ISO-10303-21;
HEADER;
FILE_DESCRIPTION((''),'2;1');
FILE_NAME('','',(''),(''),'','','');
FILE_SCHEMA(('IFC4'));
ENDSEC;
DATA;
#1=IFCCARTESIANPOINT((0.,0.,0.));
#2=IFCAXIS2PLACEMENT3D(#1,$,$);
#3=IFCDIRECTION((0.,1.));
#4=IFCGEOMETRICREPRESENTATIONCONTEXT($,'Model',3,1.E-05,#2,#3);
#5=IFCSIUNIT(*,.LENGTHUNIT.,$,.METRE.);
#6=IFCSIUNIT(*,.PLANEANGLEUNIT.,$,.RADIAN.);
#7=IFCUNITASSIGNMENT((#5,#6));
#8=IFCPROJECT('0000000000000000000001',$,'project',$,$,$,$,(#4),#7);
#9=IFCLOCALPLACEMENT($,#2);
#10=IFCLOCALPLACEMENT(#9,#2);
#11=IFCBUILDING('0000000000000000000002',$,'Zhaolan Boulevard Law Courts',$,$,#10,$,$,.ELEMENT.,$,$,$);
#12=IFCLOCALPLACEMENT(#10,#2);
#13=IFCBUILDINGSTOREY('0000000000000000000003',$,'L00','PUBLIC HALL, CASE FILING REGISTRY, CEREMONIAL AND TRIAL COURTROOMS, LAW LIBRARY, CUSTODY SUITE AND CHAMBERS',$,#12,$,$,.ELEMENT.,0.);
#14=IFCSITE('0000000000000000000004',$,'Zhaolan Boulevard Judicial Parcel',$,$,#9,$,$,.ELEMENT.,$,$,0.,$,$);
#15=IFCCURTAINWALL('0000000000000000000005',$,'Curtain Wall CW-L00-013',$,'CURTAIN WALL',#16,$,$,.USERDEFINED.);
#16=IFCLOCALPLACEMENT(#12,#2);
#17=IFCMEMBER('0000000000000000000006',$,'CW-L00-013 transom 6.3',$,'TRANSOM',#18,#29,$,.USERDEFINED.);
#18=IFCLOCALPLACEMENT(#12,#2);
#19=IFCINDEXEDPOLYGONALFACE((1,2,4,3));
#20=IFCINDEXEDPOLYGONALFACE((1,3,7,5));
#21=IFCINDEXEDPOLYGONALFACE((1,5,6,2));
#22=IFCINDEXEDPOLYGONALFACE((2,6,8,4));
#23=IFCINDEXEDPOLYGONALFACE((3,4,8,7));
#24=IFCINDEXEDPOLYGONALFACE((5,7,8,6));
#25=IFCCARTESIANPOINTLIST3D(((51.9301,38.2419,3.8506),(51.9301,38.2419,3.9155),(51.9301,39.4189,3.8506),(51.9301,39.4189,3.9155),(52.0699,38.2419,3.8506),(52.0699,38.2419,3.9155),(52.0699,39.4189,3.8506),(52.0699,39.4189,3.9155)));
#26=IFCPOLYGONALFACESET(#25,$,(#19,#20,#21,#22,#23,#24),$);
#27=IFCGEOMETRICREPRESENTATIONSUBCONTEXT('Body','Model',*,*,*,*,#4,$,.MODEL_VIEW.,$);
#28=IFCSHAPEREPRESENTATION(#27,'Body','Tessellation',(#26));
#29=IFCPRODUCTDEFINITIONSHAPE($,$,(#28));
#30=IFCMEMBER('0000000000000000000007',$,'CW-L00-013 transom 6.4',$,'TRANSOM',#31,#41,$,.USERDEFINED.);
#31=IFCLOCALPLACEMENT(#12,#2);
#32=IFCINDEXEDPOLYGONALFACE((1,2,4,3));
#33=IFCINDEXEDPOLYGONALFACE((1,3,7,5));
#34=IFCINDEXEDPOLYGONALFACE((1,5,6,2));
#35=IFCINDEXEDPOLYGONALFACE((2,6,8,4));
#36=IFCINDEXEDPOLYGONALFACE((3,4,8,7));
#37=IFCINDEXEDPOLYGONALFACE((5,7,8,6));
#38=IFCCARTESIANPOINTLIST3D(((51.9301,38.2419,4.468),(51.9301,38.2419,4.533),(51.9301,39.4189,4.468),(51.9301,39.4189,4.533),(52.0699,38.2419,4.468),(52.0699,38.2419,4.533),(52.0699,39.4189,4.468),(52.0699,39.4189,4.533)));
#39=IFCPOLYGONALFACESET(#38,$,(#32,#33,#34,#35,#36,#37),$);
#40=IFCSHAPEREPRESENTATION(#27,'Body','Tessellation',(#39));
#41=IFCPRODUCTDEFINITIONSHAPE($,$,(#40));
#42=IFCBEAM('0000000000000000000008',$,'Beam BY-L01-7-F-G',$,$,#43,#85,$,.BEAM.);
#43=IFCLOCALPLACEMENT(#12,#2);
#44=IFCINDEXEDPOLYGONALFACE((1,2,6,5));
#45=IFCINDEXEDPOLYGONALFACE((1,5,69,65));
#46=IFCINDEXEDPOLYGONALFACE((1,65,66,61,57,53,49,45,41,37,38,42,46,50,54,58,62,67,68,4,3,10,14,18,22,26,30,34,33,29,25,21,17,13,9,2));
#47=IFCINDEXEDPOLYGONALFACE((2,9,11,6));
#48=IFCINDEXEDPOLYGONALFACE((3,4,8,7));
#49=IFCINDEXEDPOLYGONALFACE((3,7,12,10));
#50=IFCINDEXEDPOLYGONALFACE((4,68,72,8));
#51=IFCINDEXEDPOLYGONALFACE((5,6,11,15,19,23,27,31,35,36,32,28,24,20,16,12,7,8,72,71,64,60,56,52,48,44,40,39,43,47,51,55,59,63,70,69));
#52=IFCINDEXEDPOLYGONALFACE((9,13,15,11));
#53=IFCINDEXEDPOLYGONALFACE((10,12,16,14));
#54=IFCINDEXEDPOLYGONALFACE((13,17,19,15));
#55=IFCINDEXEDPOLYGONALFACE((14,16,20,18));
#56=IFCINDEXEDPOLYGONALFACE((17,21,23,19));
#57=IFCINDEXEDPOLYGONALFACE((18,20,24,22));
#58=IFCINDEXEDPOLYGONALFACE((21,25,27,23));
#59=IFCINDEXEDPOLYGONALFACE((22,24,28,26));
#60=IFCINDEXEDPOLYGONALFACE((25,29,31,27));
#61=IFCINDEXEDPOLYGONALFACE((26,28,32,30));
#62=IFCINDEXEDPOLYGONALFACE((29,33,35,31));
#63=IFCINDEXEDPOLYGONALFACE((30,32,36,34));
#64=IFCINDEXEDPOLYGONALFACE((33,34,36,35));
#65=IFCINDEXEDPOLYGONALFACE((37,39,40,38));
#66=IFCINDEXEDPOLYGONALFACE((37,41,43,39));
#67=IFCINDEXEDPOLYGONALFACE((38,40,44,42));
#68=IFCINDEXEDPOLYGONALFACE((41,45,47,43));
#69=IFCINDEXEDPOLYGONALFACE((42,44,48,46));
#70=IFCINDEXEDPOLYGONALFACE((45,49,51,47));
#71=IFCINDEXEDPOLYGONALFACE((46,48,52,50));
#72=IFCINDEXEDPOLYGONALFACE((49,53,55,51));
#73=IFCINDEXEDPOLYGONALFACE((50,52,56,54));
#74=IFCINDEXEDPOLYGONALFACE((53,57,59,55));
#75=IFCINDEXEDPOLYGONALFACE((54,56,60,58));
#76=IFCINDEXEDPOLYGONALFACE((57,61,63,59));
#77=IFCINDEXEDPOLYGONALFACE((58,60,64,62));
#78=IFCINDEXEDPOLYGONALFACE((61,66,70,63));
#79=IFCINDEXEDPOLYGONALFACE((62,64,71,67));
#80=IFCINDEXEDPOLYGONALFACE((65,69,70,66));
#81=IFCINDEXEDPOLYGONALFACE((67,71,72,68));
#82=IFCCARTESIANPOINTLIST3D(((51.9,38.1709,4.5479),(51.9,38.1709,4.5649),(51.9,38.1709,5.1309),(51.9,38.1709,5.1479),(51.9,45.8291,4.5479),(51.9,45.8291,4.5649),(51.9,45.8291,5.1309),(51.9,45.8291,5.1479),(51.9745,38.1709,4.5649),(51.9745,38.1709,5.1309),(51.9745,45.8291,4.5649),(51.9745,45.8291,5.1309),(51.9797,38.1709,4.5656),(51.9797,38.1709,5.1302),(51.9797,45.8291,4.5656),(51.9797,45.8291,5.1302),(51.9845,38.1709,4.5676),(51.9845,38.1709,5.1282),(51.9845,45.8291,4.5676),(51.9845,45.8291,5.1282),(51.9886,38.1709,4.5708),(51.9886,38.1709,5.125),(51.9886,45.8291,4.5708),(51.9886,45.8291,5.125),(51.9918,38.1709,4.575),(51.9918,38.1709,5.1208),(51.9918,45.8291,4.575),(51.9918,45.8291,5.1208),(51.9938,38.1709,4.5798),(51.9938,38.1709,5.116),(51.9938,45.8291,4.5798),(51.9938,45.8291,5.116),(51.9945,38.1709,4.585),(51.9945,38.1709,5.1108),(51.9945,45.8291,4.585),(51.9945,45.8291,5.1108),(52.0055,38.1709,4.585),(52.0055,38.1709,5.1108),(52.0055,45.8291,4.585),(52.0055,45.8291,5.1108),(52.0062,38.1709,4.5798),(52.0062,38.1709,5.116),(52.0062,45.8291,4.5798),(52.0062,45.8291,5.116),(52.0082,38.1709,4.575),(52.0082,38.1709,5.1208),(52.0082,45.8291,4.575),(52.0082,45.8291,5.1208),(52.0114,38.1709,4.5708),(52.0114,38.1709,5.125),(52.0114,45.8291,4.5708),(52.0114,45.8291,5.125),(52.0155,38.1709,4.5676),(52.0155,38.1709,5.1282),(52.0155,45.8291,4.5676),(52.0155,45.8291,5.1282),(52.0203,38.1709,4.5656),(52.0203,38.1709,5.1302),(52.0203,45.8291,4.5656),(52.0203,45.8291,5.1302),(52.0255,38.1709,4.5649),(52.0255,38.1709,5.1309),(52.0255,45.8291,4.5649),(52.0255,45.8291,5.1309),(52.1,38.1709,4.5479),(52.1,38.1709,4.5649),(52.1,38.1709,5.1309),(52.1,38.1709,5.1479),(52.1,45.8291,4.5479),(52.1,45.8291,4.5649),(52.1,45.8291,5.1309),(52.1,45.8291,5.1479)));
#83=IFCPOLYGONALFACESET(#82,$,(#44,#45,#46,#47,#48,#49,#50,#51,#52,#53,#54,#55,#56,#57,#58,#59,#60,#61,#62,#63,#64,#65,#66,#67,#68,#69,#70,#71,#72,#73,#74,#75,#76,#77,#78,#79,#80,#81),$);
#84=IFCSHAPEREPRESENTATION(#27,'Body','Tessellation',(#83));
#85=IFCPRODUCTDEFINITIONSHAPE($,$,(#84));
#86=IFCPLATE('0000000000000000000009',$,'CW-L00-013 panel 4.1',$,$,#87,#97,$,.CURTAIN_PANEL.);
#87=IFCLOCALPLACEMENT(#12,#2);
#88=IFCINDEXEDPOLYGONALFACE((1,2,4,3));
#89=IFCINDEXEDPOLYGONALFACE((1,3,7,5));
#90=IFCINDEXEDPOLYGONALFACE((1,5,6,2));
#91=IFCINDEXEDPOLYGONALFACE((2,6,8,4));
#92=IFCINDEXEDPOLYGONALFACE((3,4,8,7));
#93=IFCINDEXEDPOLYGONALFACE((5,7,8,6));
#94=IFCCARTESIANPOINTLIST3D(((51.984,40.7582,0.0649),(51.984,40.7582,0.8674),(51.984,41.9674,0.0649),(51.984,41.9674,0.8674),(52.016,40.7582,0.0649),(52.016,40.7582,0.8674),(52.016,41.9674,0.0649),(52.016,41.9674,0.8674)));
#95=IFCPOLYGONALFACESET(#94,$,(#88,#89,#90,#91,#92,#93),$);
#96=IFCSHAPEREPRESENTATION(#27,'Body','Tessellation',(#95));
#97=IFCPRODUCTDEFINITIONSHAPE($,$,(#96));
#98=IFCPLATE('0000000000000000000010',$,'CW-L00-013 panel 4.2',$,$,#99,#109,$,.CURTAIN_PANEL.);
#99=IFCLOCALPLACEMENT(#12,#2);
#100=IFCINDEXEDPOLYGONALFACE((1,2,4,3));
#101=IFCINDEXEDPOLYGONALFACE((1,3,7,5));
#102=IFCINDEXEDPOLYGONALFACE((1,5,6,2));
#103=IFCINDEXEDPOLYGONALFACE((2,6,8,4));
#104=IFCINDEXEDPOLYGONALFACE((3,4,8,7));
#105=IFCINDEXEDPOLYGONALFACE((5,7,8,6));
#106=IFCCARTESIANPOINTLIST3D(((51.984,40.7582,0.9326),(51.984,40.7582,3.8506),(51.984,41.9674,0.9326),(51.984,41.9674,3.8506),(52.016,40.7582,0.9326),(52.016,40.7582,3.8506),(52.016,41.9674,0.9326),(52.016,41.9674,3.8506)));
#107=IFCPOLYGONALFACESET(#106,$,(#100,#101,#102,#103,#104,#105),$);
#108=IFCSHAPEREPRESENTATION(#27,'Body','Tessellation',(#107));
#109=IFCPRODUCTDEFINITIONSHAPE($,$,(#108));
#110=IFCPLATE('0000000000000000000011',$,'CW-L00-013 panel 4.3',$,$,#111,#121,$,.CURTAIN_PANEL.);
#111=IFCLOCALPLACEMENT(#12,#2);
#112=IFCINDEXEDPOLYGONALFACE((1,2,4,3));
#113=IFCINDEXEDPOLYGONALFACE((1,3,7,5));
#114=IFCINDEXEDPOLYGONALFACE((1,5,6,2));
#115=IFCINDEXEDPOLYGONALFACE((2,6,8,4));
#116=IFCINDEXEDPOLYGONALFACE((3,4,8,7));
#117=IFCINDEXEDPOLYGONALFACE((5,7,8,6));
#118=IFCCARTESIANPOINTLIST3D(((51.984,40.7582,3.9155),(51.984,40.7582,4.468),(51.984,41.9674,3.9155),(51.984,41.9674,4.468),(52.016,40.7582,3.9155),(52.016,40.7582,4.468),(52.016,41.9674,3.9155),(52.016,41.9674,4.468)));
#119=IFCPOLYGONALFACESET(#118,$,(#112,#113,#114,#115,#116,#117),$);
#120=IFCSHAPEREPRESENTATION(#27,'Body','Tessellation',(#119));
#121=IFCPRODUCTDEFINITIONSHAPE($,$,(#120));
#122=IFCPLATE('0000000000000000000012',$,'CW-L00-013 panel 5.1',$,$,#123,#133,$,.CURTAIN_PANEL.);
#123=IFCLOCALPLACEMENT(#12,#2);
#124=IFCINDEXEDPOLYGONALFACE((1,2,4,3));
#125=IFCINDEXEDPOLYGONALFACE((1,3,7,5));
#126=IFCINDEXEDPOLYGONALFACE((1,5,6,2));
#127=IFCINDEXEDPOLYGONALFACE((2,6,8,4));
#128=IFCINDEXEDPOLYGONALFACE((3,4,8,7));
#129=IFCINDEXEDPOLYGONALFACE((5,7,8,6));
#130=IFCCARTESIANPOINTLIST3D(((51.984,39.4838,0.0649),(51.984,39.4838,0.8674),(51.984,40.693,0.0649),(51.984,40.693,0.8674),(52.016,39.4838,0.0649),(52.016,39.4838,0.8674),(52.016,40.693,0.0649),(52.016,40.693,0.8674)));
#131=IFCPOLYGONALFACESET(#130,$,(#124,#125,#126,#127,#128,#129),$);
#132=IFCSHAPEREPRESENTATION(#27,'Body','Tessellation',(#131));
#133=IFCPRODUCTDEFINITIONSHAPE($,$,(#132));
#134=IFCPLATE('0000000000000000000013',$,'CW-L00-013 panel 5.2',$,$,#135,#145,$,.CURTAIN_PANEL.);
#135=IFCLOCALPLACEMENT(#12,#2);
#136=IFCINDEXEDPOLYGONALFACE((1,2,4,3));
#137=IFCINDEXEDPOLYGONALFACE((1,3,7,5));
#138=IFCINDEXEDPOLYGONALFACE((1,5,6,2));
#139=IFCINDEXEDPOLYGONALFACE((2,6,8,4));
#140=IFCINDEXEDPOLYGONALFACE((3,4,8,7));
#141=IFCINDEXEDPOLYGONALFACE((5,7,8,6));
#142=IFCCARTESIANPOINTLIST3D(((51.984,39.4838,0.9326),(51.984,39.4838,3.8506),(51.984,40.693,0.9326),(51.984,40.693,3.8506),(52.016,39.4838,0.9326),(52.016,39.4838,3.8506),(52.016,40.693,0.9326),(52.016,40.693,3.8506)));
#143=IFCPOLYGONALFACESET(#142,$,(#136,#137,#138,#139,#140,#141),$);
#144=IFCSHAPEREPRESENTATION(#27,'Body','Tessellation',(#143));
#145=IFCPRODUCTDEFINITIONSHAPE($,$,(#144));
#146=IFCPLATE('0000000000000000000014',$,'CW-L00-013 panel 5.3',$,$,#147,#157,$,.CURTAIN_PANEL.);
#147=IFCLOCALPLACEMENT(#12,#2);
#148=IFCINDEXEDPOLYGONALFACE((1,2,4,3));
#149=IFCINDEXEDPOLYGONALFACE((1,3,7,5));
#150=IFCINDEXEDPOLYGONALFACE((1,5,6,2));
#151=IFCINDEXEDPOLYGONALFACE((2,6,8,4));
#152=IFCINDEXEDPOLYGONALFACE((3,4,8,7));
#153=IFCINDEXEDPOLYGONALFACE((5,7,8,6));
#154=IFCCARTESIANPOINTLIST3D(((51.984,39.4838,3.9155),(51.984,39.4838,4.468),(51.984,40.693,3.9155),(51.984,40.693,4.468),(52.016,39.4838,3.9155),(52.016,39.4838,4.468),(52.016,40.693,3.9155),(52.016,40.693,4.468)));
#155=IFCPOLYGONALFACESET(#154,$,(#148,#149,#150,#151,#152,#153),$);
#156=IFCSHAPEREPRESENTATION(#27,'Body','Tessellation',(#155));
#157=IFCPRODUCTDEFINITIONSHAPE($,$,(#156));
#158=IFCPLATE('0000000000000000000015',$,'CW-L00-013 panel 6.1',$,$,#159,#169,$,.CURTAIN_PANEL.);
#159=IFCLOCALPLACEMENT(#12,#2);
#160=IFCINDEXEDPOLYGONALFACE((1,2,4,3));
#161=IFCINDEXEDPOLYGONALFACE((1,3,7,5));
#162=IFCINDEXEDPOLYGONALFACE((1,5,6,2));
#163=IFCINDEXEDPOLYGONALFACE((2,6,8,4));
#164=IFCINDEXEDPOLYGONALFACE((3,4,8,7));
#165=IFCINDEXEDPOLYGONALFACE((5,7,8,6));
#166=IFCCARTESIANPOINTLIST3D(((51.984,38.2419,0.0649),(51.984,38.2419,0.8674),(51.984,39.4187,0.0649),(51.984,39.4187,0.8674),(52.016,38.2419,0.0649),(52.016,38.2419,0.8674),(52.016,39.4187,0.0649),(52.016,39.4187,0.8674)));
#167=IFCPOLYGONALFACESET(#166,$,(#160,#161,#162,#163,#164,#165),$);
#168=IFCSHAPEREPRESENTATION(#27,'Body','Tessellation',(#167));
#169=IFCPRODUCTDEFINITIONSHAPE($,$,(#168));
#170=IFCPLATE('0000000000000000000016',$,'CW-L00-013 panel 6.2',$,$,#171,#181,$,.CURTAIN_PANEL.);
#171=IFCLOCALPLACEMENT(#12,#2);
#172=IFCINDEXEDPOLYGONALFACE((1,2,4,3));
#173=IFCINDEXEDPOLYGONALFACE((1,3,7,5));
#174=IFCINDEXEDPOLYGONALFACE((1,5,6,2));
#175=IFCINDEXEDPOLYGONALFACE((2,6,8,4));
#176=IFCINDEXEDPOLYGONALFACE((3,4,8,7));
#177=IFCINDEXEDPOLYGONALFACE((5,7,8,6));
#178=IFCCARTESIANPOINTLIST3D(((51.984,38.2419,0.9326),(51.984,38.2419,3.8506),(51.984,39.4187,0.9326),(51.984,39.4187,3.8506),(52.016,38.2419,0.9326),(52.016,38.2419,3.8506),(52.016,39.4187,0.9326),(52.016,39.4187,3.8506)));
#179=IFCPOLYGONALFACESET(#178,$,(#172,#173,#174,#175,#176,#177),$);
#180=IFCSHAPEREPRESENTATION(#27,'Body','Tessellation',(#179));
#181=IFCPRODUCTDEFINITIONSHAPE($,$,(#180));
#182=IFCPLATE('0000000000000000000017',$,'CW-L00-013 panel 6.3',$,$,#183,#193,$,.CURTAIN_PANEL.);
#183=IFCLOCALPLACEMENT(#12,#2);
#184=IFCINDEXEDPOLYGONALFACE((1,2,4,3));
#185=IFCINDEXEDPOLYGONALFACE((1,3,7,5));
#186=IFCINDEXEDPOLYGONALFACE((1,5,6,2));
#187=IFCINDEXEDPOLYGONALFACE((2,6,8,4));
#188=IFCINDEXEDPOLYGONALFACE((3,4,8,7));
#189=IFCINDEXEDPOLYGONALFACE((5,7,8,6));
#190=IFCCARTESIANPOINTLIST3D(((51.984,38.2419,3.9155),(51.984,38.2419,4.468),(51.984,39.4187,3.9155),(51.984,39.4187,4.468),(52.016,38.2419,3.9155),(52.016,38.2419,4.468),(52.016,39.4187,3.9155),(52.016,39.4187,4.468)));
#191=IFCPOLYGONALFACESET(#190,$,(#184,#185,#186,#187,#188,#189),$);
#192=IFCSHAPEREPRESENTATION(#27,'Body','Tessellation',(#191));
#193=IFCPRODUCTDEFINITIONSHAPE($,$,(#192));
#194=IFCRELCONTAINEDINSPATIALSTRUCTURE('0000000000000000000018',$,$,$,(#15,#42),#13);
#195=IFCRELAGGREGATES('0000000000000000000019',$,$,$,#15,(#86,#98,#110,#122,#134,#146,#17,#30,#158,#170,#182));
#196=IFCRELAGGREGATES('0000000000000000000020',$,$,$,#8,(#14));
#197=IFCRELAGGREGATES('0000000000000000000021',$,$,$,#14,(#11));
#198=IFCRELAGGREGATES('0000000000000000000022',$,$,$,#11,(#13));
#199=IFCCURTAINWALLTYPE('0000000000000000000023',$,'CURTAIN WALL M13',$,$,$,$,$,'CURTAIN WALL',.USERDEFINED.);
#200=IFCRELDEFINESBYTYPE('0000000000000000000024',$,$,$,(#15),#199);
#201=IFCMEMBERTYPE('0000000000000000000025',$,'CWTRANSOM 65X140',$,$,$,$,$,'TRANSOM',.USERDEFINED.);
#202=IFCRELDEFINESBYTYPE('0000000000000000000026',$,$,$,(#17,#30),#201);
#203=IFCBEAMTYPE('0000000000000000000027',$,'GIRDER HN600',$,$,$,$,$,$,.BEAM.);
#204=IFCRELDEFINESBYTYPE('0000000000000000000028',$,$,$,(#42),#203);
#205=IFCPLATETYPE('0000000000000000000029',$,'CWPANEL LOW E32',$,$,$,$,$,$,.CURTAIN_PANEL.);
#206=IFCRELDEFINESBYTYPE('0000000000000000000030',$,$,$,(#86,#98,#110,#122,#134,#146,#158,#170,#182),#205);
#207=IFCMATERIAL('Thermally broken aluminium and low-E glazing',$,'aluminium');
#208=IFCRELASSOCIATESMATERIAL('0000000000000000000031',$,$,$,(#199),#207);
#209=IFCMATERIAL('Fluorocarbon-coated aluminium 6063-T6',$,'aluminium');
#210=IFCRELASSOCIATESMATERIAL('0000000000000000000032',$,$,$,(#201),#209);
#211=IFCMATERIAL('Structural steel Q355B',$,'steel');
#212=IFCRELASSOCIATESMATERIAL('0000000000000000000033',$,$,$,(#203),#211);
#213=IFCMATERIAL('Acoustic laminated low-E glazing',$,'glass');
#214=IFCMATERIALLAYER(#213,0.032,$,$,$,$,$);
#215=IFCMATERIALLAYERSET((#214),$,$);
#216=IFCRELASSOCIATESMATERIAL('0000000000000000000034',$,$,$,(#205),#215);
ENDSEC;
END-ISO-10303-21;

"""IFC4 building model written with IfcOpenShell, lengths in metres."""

from ifc_helpers import new_model, si_unit, direction, frame, origin, origin_2d, place, context, subcontext, project, spatial, rectangle, i_section, extrude, material, layer, layer_set, material_profile, profile_set, type_object, element, aggregate, save


model = new_model("IFC4")

# Units and contexts
model_context = context("Model", 3, precision=1e-05, world=origin(), true_north=direction((0.0, 1.0)))
body_context = subcontext(model_context, "Body", "Model", "MODEL_VIEW")
ifc_project = project(units=[si_unit("LENGTHUNIT", "METRE"), si_unit("PLANEANGLEUNIT", "RADIAN")], contexts=[model_context])

# Site, building, storey
site_placement = place(None, origin())
site = spatial("IfcSite", under=ifc_project, at=site_placement, Name="Zhaolan Boulevard Judicial Parcel", CompositionType="ELEMENT", RefElevation=0.0)
building_placement = place(site_placement, origin())
building = spatial("IfcBuilding", under=site, at=building_placement, Name="Zhaolan Boulevard Law Courts", CompositionType="ELEMENT")
storey_placement = place(building_placement, origin())
storey = spatial("IfcBuildingStorey", under=building, at=storey_placement, Name="L00", Description="PUBLIC HALL, CASE FILING REGISTRY, CEREMONIAL AND TRIAL COURTROOMS, LAW LIBRARY, CUSTODY SUITE AND CHAMBERS", CompositionType="ELEMENT", Elevation=0.0)

# Curtain wall, members
ifc_material_1 = material(Name="Thermally broken aluminium and low-E glazing", Category="aluminium")
curtain_wall_type = type_object("IfcCurtainWallType", Name="CURTAIN WALL M13", ElementType="CURTAIN WALL", PredefinedType="USERDEFINED", material=ifc_material_1)
curtain_wall_placement = place(storey_placement, origin())
curtain_wall = element("IfcCurtainWall", 1, at=curtain_wall_placement, inside=storey, type_object=curtain_wall_type, Name="Curtain Wall CW-L00-013", ObjectType="CURTAIN WALL", PredefinedType="USERDEFINED")
ifc_material_2 = material(Name="Fluorocarbon-coated aluminium 6063-T6", Category="aluminium")
ifc_material_profile_1 = material_profile(ifc_material_2, rectangle(XDim=0.1399, YDim=0.0649, at=origin_2d()), Name="AL65x140")
ifc_profile_set_1 = profile_set([ifc_material_profile_1], Name="Fluorocarbon-coated aluminium 6063-T6")
member_type_1 = type_object("IfcMemberType", Name="CWTRANSOM 65X140", ElementType="TRANSOM", PredefinedType="USERDEFINED", material=ifc_profile_set_1)
member_1_placement = place(storey_placement, frame((52.0, 39.4189, 3.8831), z_axis=(0.0, -1.0, 0.0), x_axis=(1.0, 0.0, 0.0)))
member_1 = element("IfcMember", 2, at=member_1_placement, type_object=member_type_1, Name="CW-L00-013 transom 6.3", ObjectType="TRANSOM", PredefinedType="USERDEFINED", context=body_context, shape_type="SweptSolid", body=[
    extrude(rectangle(XDim=0.1399, YDim=0.0649, at=origin_2d()), origin(), (0.0, 0.0, 1.0), 1.177),
])
member_2_placement = place(storey_placement, frame((52.0, 39.4189, 4.5005), z_axis=(0.0, -1.0, 0.0), x_axis=(1.0, 0.0, 0.0)))
member_2 = element("IfcMember", 3, at=member_2_placement, type_object=member_type_1, Name="CW-L00-013 transom 6.4", ObjectType="TRANSOM", PredefinedType="USERDEFINED", context=body_context, shape_type="SweptSolid", body=[
    extrude(rectangle(XDim=0.1399, YDim=0.0649, at=origin_2d()), origin(), (0.0, 0.0, 1.0), 1.177),
])

# Beam
ifc_material_3 = material(Name="Structural steel Q355B", Category="steel")
ifc_material_profile_2 = material_profile(ifc_material_3, i_section(OverallWidth=0.2, OverallDepth=0.6001, WebThickness=0.011, FlangeThickness=0.0171, FilletRadius=0.02, at=origin_2d()), Name="HN600x200")
ifc_profile_set_2 = profile_set([ifc_material_profile_2], Name="Structural steel Q355B")
beam_type = type_object("IfcBeamType", Name="GIRDER HN600", PredefinedType="BEAM", material=ifc_profile_set_2)
beam_placement = place(storey_placement, frame((52.0, 38.1709, 4.8479), z_axis=(0.0, 1.0, 0.0), x_axis=(-1.0, 0.0, 0.0)))
element("IfcBeam", 4, at=beam_placement, inside=storey, type_object=beam_type, Name="Beam BY-L01-7-F-G", PredefinedType="BEAM", context=body_context, shape_type="SweptSolid", body=[
    extrude(i_section(OverallWidth=0.2, OverallDepth=0.6001, WebThickness=0.011, FlangeThickness=0.0171, FilletRadius=0.02, at=origin_2d()), origin(), (0.0, 0.0, 1.0), 7.6582),
])

# Plates
ifc_material_4 = material(Name="Acoustic laminated low-E glazing", Category="glass")
ifc_layer = layer(ifc_material_4, 0.032)
ifc_layer_set = layer_set([ifc_layer])
plate_type = type_object("IfcPlateType", Name="CWPANEL LOW E32", PredefinedType="CURTAIN_PANEL", material=ifc_layer_set)
plate_1_placement = place(storey_placement, frame((52.0, 41.3628, 0.0649), z_axis=(0.0, 0.0, 1.0), x_axis=(0.0, -1.0, 0.0)))
plate_1 = element("IfcPlate", 5, at=plate_1_placement, type_object=plate_type, Name="CW-L00-013 panel 4.1", PredefinedType="CURTAIN_PANEL", context=body_context, shape_type="SweptSolid", body=[
    extrude(rectangle(XDim=1.2092, YDim=0.032, at=origin_2d()), origin(), (0.0, 0.0, 1.0), 0.8025),
])
plate_2_placement = place(storey_placement, frame((52.0, 41.3628, 0.9326), z_axis=(0.0, 0.0, 1.0), x_axis=(0.0, -1.0, 0.0)))
plate_2 = element("IfcPlate", 6, at=plate_2_placement, type_object=plate_type, Name="CW-L00-013 panel 4.2", PredefinedType="CURTAIN_PANEL", context=body_context, shape_type="SweptSolid", body=[
    extrude(rectangle(XDim=1.2092, YDim=0.032, at=origin_2d()), origin(), (0.0, 0.0, 1.0), 2.918),
])
plate_3_placement = place(storey_placement, frame((52.0, 41.3628, 3.9155), z_axis=(0.0, 0.0, 1.0), x_axis=(0.0, -1.0, 0.0)))
plate_3 = element("IfcPlate", 7, at=plate_3_placement, type_object=plate_type, Name="CW-L00-013 panel 4.3", PredefinedType="CURTAIN_PANEL", context=body_context, shape_type="SweptSolid", body=[
    extrude(rectangle(XDim=1.2092, YDim=0.032, at=origin_2d()), origin(), (0.0, 0.0, 1.0), 0.5525),
])
plate_4_placement = place(storey_placement, frame((52.0, 40.0884, 0.0649), z_axis=(0.0, 0.0, 1.0), x_axis=(0.0, -1.0, 0.0)))
plate_4 = element("IfcPlate", 8, at=plate_4_placement, type_object=plate_type, Name="CW-L00-013 panel 5.1", PredefinedType="CURTAIN_PANEL", context=body_context, shape_type="SweptSolid", body=[
    extrude(rectangle(XDim=1.2092, YDim=0.032, at=origin_2d()), origin(), (0.0, 0.0, 1.0), 0.8025),
])
plate_5_placement = place(storey_placement, frame((52.0, 40.0884, 0.9326), z_axis=(0.0, 0.0, 1.0), x_axis=(0.0, -1.0, 0.0)))
plate_5 = element("IfcPlate", 9, at=plate_5_placement, type_object=plate_type, Name="CW-L00-013 panel 5.2", PredefinedType="CURTAIN_PANEL", context=body_context, shape_type="SweptSolid", body=[
    extrude(rectangle(XDim=1.2092, YDim=0.032, at=origin_2d()), origin(), (0.0, 0.0, 1.0), 2.918),
])
plate_6_placement = place(storey_placement, frame((52.0, 40.0884, 3.9155), z_axis=(0.0, 0.0, 1.0), x_axis=(0.0, -1.0, 0.0)))
plate_6 = element("IfcPlate", 10, at=plate_6_placement, type_object=plate_type, Name="CW-L00-013 panel 5.3", PredefinedType="CURTAIN_PANEL", context=body_context, shape_type="SweptSolid", body=[
    extrude(rectangle(XDim=1.2092, YDim=0.032, at=origin_2d()), origin(), (0.0, 0.0, 1.0), 0.5525),
])
plate_7_placement = place(storey_placement, frame((52.0, 38.8303, 0.0649), z_axis=(0.0, 0.0, 1.0), x_axis=(0.0, -1.0, 0.0)))
plate_7 = element("IfcPlate", 11, at=plate_7_placement, type_object=plate_type, Name="CW-L00-013 panel 6.1", PredefinedType="CURTAIN_PANEL", context=body_context, shape_type="SweptSolid", body=[
    extrude(rectangle(XDim=1.1768, YDim=0.032, at=origin_2d()), origin(), (0.0, 0.0, 1.0), 0.8025),
])
plate_8_placement = place(storey_placement, frame((52.0, 38.8303, 0.9326), z_axis=(0.0, 0.0, 1.0), x_axis=(0.0, -1.0, 0.0)))
plate_8 = element("IfcPlate", 12, at=plate_8_placement, type_object=plate_type, Name="CW-L00-013 panel 6.2", PredefinedType="CURTAIN_PANEL", context=body_context, shape_type="SweptSolid", body=[
    extrude(rectangle(XDim=1.1768, YDim=0.032, at=origin_2d()), origin(), (0.0, 0.0, 1.0), 2.918),
])
plate_9_placement = place(storey_placement, frame((52.0, 38.8303, 3.9155), z_axis=(0.0, 0.0, 1.0), x_axis=(0.0, -1.0, 0.0)))
plate_9 = element("IfcPlate", 13, at=plate_9_placement, type_object=plate_type, Name="CW-L00-013 panel 6.3", PredefinedType="CURTAIN_PANEL", context=body_context, shape_type="SweptSolid", body=[
    extrude(rectangle(XDim=1.1768, YDim=0.032, at=origin_2d()), origin(), (0.0, 0.0, 1.0), 0.5525),
])
aggregate(curtain_wall, [plate_1, plate_2, plate_3, plate_4, plate_5, plate_6, member_1, member_2, plate_7, plate_8, plate_9])

save(model, "model.ifc")
